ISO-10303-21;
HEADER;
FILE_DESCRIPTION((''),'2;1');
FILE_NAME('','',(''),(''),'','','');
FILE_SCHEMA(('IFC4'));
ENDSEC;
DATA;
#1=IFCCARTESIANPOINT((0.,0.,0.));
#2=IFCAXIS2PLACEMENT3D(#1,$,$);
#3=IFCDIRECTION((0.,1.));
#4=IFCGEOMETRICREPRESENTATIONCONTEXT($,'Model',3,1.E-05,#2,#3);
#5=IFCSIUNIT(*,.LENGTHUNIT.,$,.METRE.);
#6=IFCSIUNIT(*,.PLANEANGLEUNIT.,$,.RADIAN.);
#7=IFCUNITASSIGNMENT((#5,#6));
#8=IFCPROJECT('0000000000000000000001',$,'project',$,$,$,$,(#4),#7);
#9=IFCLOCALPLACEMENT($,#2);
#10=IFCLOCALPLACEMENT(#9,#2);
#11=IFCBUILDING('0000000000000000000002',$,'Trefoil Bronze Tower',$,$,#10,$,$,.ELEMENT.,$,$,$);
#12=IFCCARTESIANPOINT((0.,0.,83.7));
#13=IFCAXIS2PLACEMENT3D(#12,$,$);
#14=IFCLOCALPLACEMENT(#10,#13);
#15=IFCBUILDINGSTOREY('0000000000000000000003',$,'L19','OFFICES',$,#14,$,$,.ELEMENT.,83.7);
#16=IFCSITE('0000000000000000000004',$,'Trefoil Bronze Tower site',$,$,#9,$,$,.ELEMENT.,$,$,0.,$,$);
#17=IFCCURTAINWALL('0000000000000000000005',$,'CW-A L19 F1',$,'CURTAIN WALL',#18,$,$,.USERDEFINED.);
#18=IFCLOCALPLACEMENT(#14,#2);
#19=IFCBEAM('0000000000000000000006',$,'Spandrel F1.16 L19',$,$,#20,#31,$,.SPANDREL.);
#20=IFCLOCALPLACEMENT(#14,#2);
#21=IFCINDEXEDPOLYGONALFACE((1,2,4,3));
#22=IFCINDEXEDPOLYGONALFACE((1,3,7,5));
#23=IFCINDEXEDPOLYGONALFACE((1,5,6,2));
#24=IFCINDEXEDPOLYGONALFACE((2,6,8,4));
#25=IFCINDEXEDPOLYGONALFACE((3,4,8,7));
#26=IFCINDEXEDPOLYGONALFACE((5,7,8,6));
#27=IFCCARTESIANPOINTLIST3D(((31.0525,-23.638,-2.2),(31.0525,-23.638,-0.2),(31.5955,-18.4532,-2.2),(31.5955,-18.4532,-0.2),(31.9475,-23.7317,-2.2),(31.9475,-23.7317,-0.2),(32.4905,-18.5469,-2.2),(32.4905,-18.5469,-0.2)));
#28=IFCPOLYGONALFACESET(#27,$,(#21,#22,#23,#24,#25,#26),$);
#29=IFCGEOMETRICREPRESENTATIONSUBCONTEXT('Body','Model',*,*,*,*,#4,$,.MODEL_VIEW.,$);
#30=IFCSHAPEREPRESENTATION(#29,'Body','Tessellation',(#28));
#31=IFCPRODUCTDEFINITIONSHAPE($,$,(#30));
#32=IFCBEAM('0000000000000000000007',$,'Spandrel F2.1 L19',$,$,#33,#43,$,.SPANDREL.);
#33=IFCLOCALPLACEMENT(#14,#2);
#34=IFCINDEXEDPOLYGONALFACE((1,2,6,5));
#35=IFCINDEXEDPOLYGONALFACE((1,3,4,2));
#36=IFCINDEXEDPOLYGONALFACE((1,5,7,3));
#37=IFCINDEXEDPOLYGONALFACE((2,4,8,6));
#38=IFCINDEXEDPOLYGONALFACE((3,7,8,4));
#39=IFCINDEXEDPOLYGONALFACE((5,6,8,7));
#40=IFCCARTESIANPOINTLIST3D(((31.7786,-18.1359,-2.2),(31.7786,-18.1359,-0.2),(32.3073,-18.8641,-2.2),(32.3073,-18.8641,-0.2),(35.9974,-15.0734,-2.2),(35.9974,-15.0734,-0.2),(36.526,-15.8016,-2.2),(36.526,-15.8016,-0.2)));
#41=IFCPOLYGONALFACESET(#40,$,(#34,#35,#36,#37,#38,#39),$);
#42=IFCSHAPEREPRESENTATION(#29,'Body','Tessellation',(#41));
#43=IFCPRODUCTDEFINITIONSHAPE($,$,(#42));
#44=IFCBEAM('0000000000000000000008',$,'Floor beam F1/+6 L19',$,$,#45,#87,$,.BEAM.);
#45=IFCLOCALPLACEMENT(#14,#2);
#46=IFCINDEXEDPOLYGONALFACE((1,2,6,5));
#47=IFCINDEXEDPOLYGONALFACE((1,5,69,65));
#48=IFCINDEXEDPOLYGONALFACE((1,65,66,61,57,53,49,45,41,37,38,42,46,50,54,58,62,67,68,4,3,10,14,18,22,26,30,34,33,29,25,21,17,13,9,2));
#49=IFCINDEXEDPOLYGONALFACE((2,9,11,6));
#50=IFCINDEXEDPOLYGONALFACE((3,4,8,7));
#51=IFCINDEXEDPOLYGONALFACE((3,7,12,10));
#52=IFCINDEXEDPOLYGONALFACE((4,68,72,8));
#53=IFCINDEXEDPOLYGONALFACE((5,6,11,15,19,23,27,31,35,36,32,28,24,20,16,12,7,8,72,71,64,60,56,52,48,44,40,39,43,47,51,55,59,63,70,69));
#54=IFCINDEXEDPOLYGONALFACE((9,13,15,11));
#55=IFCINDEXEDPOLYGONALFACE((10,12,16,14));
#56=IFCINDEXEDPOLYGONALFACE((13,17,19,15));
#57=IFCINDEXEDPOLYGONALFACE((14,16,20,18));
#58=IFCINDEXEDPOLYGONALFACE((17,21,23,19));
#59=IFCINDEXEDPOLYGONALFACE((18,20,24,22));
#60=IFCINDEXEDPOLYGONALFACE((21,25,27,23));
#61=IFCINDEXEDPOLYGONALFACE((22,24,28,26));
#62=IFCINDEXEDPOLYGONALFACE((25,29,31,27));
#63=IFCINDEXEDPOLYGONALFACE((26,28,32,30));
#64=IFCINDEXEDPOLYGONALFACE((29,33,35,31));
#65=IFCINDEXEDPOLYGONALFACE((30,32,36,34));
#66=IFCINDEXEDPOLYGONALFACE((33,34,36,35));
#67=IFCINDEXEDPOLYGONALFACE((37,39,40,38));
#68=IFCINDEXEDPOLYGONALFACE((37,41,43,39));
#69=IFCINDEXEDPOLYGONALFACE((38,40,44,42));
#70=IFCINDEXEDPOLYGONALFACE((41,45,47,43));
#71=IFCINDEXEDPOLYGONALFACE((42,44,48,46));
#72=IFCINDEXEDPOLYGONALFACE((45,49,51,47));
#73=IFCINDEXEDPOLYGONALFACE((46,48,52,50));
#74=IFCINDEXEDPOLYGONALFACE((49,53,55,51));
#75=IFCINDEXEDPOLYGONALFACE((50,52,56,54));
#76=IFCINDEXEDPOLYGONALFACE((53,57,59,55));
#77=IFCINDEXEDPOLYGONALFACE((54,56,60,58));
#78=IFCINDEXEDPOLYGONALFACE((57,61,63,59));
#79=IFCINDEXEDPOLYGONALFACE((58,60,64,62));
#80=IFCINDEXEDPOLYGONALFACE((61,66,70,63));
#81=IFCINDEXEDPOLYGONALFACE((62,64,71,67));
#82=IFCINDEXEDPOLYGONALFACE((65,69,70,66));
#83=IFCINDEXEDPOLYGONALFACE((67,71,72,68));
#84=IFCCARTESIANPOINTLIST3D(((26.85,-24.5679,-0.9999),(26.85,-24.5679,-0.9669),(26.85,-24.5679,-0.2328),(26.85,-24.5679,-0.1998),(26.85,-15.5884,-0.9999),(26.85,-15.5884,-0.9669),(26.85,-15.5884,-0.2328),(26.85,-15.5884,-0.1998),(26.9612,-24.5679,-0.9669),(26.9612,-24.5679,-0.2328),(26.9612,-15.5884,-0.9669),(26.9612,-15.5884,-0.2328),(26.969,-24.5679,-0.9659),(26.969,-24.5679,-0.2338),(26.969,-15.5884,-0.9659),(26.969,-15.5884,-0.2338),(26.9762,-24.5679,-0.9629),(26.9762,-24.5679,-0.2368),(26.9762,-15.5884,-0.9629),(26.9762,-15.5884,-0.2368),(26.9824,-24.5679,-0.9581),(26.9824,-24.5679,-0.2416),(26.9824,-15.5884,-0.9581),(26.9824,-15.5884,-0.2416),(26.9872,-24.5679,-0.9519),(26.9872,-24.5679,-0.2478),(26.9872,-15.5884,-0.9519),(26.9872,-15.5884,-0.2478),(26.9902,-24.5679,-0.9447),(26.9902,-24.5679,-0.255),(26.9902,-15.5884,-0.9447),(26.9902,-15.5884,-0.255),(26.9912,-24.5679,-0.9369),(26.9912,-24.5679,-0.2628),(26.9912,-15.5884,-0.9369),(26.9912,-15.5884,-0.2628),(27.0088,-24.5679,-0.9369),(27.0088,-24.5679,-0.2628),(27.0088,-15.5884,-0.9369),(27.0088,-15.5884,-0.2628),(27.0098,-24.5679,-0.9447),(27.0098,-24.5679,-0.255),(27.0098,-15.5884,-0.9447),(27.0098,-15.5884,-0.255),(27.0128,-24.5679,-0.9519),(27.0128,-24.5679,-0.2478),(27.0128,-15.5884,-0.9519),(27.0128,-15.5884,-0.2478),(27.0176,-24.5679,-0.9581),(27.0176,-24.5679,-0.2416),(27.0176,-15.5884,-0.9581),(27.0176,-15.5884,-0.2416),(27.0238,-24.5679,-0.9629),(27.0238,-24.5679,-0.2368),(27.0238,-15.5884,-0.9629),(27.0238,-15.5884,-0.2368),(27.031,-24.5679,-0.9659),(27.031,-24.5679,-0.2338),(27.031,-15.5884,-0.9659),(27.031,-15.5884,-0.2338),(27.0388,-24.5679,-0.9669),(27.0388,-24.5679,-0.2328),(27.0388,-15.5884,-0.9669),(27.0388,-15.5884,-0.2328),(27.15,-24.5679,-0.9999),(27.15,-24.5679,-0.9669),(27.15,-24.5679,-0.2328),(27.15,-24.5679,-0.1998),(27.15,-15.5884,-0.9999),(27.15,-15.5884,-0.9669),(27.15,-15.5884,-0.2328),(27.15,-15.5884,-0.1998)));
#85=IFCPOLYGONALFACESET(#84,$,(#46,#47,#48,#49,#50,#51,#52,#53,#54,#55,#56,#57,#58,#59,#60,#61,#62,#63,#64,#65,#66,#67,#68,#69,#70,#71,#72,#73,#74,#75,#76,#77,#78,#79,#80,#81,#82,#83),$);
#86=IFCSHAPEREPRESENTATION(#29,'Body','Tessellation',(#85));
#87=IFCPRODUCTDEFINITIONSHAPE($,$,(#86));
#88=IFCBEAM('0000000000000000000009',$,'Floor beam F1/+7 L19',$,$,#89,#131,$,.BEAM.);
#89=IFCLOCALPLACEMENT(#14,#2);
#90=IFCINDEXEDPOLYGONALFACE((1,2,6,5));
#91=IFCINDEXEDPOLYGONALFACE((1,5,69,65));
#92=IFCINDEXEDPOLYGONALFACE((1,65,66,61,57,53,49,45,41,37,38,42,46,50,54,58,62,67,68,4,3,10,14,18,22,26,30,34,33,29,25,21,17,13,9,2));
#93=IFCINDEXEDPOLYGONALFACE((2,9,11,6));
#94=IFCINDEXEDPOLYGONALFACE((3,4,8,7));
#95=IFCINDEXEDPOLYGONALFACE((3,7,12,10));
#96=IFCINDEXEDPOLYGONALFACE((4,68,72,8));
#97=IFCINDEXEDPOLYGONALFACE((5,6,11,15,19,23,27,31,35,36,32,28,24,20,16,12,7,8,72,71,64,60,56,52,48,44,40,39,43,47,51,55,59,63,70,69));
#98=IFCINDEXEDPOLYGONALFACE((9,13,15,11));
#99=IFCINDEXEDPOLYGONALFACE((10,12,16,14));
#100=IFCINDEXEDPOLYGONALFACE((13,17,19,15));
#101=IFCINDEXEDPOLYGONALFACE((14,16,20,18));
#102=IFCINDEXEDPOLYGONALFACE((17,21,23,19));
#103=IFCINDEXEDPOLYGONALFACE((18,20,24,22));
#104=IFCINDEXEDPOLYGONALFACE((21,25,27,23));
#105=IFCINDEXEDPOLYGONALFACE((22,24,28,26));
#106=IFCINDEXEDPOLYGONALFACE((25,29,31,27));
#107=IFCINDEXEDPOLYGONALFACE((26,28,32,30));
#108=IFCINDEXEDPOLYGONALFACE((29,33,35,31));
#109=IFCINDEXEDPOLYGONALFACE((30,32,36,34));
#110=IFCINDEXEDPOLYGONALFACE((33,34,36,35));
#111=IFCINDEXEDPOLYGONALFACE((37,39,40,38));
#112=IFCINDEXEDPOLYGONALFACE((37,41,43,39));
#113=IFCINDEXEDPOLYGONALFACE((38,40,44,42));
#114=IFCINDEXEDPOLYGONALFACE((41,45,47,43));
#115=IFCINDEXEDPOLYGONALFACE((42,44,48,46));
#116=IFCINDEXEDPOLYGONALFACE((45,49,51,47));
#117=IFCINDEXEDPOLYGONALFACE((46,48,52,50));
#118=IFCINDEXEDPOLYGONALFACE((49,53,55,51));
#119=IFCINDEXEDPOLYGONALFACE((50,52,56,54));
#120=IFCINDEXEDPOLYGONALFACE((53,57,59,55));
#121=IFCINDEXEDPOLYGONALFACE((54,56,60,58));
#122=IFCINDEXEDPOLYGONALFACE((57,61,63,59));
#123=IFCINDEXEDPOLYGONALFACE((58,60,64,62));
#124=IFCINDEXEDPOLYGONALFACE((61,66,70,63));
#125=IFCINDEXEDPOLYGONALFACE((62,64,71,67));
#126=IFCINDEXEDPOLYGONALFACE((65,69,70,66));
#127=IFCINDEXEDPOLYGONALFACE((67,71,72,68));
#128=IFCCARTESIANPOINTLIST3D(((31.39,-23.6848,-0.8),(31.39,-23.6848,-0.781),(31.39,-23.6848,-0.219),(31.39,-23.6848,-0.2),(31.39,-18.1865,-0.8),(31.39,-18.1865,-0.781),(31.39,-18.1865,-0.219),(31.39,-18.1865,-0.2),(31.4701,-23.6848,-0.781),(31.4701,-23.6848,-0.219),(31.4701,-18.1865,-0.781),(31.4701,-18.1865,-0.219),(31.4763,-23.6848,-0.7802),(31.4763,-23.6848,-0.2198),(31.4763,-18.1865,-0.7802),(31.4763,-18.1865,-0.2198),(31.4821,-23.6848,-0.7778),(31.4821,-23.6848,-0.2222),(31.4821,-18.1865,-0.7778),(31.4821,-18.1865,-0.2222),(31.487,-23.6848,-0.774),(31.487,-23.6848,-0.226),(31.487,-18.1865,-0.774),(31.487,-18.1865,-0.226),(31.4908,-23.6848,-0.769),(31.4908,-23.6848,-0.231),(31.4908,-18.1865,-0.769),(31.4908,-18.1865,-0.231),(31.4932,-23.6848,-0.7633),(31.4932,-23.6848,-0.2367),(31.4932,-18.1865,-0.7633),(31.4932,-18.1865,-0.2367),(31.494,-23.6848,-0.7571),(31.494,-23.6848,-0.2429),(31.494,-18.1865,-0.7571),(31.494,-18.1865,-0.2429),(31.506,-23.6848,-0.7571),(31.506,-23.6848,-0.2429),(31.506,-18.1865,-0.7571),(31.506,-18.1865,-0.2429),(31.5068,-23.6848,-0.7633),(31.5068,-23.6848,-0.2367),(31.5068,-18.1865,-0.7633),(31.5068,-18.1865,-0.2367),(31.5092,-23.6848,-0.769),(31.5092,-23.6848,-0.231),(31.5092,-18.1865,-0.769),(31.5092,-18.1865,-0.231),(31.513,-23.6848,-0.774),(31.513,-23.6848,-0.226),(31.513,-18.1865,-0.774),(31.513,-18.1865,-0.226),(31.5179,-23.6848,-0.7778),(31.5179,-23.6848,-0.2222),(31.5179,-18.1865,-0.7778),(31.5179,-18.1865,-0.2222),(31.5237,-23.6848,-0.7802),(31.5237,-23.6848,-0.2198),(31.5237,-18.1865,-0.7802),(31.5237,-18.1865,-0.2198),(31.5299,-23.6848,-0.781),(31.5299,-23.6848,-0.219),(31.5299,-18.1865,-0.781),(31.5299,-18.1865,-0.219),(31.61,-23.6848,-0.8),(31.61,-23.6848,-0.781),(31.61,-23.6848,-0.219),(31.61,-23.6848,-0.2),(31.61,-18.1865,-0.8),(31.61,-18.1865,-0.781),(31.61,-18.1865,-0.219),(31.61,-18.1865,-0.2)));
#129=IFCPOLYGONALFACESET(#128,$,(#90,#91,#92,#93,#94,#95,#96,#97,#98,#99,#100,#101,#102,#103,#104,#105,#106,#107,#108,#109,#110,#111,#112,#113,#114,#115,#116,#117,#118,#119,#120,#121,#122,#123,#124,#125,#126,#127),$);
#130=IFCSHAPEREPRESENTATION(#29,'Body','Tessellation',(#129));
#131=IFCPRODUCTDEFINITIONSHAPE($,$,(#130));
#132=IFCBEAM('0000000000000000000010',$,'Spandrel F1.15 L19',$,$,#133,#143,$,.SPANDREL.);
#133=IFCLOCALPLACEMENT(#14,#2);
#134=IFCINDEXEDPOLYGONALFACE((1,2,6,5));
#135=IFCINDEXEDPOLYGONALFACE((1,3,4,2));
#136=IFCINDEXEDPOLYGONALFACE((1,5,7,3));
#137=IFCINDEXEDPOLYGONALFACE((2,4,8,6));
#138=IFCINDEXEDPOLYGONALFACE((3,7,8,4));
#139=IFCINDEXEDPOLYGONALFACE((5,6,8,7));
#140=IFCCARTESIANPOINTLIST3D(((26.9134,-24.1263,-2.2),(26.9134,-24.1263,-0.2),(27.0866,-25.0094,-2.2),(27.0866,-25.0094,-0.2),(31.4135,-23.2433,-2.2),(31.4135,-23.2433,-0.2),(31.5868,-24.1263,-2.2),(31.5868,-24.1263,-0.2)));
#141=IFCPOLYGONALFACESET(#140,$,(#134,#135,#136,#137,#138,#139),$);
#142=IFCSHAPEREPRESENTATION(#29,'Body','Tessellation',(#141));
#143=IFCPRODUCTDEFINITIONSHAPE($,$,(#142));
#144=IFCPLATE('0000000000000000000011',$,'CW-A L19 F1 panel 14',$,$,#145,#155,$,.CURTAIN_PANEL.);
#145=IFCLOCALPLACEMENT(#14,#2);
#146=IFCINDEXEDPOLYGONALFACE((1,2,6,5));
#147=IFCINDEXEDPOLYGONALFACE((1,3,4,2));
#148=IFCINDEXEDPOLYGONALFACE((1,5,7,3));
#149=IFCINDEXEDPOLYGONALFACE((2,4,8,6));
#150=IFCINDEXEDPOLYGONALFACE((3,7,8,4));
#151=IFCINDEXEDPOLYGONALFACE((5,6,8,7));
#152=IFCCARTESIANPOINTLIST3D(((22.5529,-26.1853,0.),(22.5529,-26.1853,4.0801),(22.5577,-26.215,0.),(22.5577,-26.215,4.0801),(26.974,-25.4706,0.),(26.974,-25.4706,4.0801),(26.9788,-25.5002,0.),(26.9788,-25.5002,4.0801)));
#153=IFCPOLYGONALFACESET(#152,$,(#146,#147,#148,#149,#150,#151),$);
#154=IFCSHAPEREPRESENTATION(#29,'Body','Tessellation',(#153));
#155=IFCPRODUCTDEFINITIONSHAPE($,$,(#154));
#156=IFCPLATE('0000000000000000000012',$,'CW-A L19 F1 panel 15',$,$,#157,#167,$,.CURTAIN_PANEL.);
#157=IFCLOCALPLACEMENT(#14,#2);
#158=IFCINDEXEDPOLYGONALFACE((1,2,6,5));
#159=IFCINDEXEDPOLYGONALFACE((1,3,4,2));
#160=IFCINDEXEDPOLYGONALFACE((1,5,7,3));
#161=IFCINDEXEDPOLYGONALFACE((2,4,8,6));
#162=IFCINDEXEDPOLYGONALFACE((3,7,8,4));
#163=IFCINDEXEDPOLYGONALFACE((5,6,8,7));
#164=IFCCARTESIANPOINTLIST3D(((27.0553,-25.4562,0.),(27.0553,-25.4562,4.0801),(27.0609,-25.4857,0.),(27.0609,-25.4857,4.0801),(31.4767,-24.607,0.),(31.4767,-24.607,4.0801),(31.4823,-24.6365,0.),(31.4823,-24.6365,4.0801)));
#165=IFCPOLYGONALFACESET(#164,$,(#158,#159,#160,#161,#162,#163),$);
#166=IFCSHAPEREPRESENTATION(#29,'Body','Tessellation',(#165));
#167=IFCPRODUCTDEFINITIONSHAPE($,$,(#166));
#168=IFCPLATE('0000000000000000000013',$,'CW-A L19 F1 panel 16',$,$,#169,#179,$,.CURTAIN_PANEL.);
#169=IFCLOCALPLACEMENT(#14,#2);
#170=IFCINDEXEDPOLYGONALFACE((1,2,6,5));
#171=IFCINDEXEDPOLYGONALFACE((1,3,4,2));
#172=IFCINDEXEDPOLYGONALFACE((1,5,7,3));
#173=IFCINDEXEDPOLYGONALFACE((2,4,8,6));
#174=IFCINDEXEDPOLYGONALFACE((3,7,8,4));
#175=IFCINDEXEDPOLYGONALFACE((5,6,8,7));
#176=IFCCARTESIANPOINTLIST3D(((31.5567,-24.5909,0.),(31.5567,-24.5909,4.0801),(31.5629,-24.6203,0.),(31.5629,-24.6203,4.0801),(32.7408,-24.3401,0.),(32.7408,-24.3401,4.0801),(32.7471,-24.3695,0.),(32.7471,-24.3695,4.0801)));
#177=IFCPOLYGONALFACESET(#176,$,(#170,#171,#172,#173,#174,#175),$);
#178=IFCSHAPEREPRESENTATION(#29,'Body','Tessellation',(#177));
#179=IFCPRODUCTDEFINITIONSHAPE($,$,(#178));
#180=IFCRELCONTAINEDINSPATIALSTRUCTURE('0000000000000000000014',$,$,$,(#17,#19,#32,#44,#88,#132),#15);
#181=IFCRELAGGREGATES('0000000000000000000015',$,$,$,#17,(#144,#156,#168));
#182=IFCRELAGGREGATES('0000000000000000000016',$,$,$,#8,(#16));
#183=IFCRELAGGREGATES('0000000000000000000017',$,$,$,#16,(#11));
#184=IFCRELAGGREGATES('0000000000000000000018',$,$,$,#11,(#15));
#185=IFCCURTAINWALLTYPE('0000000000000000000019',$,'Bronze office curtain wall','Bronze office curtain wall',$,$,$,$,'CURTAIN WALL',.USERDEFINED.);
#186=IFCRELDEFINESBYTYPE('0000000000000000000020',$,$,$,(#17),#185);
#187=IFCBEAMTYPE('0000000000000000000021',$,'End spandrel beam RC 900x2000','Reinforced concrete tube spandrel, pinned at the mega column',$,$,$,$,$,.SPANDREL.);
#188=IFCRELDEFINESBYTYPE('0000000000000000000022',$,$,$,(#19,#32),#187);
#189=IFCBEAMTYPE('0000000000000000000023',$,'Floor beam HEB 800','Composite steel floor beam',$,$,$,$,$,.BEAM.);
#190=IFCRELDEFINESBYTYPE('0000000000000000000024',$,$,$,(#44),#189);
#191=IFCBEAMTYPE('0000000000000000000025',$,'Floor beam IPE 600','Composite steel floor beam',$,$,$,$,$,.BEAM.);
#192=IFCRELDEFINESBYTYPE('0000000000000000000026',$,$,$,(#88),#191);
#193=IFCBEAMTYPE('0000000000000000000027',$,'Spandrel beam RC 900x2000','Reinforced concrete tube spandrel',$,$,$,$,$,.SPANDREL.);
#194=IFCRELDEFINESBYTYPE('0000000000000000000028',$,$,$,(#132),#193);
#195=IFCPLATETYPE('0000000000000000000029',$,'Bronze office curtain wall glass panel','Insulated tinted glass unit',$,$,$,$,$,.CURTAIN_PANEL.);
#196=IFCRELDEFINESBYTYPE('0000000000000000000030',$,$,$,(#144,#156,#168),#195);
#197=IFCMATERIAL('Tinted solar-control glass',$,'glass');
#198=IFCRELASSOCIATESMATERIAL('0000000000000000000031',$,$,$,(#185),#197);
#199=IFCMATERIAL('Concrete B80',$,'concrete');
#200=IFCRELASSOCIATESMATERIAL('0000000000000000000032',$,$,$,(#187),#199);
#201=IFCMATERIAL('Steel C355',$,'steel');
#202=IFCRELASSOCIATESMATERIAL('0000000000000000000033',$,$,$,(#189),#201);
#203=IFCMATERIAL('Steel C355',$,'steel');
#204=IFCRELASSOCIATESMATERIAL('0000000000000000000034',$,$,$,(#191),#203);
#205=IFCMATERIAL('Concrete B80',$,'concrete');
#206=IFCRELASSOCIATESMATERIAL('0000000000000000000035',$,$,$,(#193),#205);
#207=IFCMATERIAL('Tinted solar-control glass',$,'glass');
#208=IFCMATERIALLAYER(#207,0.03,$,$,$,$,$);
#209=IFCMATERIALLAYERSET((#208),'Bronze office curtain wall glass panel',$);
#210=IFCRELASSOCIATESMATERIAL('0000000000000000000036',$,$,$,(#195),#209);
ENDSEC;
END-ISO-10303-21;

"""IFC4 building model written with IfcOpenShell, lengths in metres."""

from ifc_helpers import new_model, si_unit, direction, frame, origin, origin_2d, place, context, subcontext, project, spatial, rectangle, i_section, extrude, material, layer, layer_set, material_profile, profile_set, type_object, element, aggregate, save


model = new_model("IFC4")

# Units and contexts
model_context = context("Model", 3, precision=1e-05, world=origin(), true_north=direction((0.0, 1.0)))
body_context = subcontext(model_context, "Body", "Model", "MODEL_VIEW")
ifc_project = project(units=[si_unit("LENGTHUNIT", "METRE"), si_unit("PLANEANGLEUNIT", "RADIAN")], contexts=[model_context])

# Site, building, storey
site_placement = place(None, origin())
site = spatial("IfcSite", under=ifc_project, at=site_placement, Name="Trefoil Bronze Tower site", CompositionType="ELEMENT", RefElevation=0.0)
building_placement = place(site_placement, origin())
building = spatial("IfcBuilding", under=site, at=building_placement, Name="Trefoil Bronze Tower", CompositionType="ELEMENT")
storey_placement = place(building_placement, frame((0.0, 0.0, 83.7)))
storey = spatial("IfcBuildingStorey", under=building, at=storey_placement, Name="L19", Description="OFFICES", CompositionType="ELEMENT", Elevation=83.7)

# Curtain wall
ifc_material_1 = material(Name="Tinted solar-control glass", Category="glass")
curtain_wall_type_1 = type_object("IfcCurtainWallType", Name="Bronze office curtain wall", Description="Bronze office curtain wall", ElementType="CURTAIN WALL", PredefinedType="USERDEFINED", material=ifc_material_1)
curtain_wall_1_placement = place(storey_placement, origin())
curtain_wall_1 = element("IfcCurtainWall", 1, at=curtain_wall_1_placement, inside=storey, type_object=curtain_wall_type_1, Name="CW-A L19 F1", ObjectType="CURTAIN WALL", PredefinedType="USERDEFINED")

# Beams
ifc_material_2 = material(Name="Concrete B80", Category="concrete")
ifc_material_profile_1 = material_profile(ifc_material_2, rectangle(XDim=0.8999, YDim=2.0, at=origin_2d()), Name="RC 900x2000")
ifc_profile_set_1 = profile_set([ifc_material_profile_1], Name="Concrete B80")
beam_type_1 = type_object("IfcBeamType", Name="End spandrel beam RC 900x2000", Description="Reinforced concrete tube spandrel, pinned at the mega column", PredefinedType="SPANDREL", material=ifc_profile_set_1)
for number, where, z_axis, x_axis, name in (
    (2, (31.5, -23.6848, -1.2), (0.104153, 0.994561, 0.0), (-0.994561, 0.104153, 0.0), "Spandrel F1.16 L19"),
    (3, (32.043, -18.5, -1.2), (0.809254, 0.587459, 0.0), (-0.587459, 0.809254, 0.0), "Spandrel F2.1 L19"),
):
    element("IfcBeam", number, at=place(storey_placement, frame(where, z_axis=z_axis, x_axis=x_axis)), inside=storey, type_object=beam_type_1, Name=name, PredefinedType="SPANDREL", context=body_context, shape_type="SweptSolid", body=[
        extrude(rectangle(XDim=0.8999, YDim=2.0, at=origin_2d()), origin(), (0.0, 0.0, 1.0), 5.2131),
    ])
ifc_material_3 = material(Name="Steel C355", Category="steel")
ifc_material_profile_2 = material_profile(ifc_material_3, i_section(OverallWidth=0.3, OverallDepth=0.8, WebThickness=0.0176, FlangeThickness=0.033, FilletRadius=0.03, at=origin_2d()), Name="HEB 800")
ifc_profile_set_2 = profile_set([ifc_material_profile_2], Name="Steel C355")
beam_type_2 = type_object("IfcBeamType", Name="Floor beam HEB 800", Description="Composite steel floor beam", PredefinedType="BEAM", material=ifc_profile_set_2)
beam_1_placement = place(storey_placement, frame((27.0, -24.5679, -0.5999), z_axis=(0.0, 1.0, 0.0), x_axis=(-1.0, 0.0, 0.0)))
element("IfcBeam", 4, at=beam_1_placement, inside=storey, type_object=beam_type_2, Name="Floor beam F1/+6 L19", PredefinedType="BEAM", context=body_context, shape_type="SweptSolid", body=[
    extrude(i_section(OverallWidth=0.3, OverallDepth=0.8, WebThickness=0.0176, FlangeThickness=0.033, FilletRadius=0.03, at=origin_2d()), origin(), (0.0, 0.0, 1.0), 8.9795),
])
ifc_material_4 = material(Name="Steel C355", Category="steel")
ifc_material_profile_3 = material_profile(ifc_material_4, i_section(OverallWidth=0.22, OverallDepth=0.6001, WebThickness=0.012, FlangeThickness=0.019, FilletRadius=0.0239, at=origin_2d()), Name="IPE 600")
ifc_profile_set_3 = profile_set([ifc_material_profile_3], Name="Steel C355")
beam_type_3 = type_object("IfcBeamType", Name="Floor beam IPE 600", Description="Composite steel floor beam", PredefinedType="BEAM", material=ifc_profile_set_3)
beam_2_placement = place(storey_placement, frame((31.5, -23.6848, -0.5), z_axis=(0.0, 1.0, 0.0), x_axis=(-1.0, 0.0, 0.0)))
element("IfcBeam", 5, at=beam_2_placement, inside=storey, type_object=beam_type_3, Name="Floor beam F1/+7 L19", PredefinedType="BEAM", context=body_context, shape_type="SweptSolid", body=[
    extrude(i_section(OverallWidth=0.22, OverallDepth=0.6001, WebThickness=0.012, FlangeThickness=0.019, FilletRadius=0.0239, at=origin_2d()), origin(), (0.0, 0.0, 1.0), 5.4983),
])
ifc_material_5 = material(Name="Concrete B80", Category="concrete")
ifc_material_profile_4 = material_profile(ifc_material_5, rectangle(XDim=0.8999, YDim=2.0, at=origin_2d()), Name="RC 900x2000")
ifc_profile_set_4 = profile_set([ifc_material_profile_4], Name="Concrete B80")
beam_type_4 = type_object("IfcBeamType", Name="Spandrel beam RC 900x2000", Description="Reinforced concrete tube spandrel", PredefinedType="SPANDREL", material=ifc_profile_set_4)
beam_3_placement = place(storey_placement, frame((27.0, -24.5679, -1.2), z_axis=(0.981285, 0.192562, 0.0), x_axis=(-0.192562, 0.981285, 0.0)))
element("IfcBeam", 6, at=beam_3_placement, inside=storey, type_object=beam_type_4, Name="Spandrel F1.15 L19", PredefinedType="SPANDREL", context=body_context, shape_type="SweptSolid", body=[
    extrude(rectangle(XDim=0.8999, YDim=2.0, at=origin_2d()), origin(), (0.0, 0.0, 1.0), 4.5859),
])

# Plates
ifc_material_6 = material(Name="Tinted solar-control glass", Category="glass")
ifc_layer_1 = layer(ifc_material_6, 0.03)
ifc_layer_set_1 = layer_set([ifc_layer_1], Name="Bronze office curtain wall glass panel")
plate_type_1 = type_object("IfcPlateType", Name="Bronze office curtain wall glass panel", Description="Insulated tinted glass unit", PredefinedType="CURTAIN_PANEL", material=ifc_layer_set_1)
plate_1_placement = place(storey_placement, frame((24.7659, -25.8428, 0.0), z_axis=(0.0, 0.0, 1.0), x_axis=(0.987181, 0.159603, 0.0)))
plate_1 = element("IfcPlate", 7, at=plate_1_placement, type_object=plate_type_1, Name="CW-A L19 F1 panel 14", PredefinedType="CURTAIN_PANEL", context=body_context, shape_type="SweptSolid", body=[
    extrude(rectangle(XDim=4.4785, YDim=0.03, at=origin_2d()), origin(), (0.0, 0.0, 1.0), 4.0801),
])
plate_2_placement = place(storey_placement, frame((29.2688, -25.0464, 0.0), z_axis=(0.0, 0.0, 1.0), x_axis=(0.98205, 0.188622, 0.0)))
plate_2 = element("IfcPlate", 8, at=plate_2_placement, type_object=plate_type_1, Name="CW-A L19 F1 panel 15", PredefinedType="CURTAIN_PANEL", context=body_context, shape_type="SweptSolid", body=[
    extrude(rectangle(XDim=4.5022, YDim=0.03, at=origin_2d()), origin(), (0.0, 0.0, 1.0), 4.0801),
])
plate_3_placement = place(storey_placement, frame((32.1519, -24.4802, 0.0), z_axis=(0.0, 0.0, 1.0), x_axis=(0.978303, 0.207181, 0.0)))
plate_3 = element("IfcPlate", 9, at=plate_3_placement, type_object=plate_type_1, Name="CW-A L19 F1 panel 16", PredefinedType="CURTAIN_PANEL", context=body_context, shape_type="SweptSolid", body=[
    extrude(rectangle(XDim=1.2104, YDim=0.03, at=origin_2d()), origin(), (0.0, 0.0, 1.0), 4.0801),
])
aggregate(curtain_wall_1, [plate_1, plate_2, plate_3])

save(model, "model.ifc")
